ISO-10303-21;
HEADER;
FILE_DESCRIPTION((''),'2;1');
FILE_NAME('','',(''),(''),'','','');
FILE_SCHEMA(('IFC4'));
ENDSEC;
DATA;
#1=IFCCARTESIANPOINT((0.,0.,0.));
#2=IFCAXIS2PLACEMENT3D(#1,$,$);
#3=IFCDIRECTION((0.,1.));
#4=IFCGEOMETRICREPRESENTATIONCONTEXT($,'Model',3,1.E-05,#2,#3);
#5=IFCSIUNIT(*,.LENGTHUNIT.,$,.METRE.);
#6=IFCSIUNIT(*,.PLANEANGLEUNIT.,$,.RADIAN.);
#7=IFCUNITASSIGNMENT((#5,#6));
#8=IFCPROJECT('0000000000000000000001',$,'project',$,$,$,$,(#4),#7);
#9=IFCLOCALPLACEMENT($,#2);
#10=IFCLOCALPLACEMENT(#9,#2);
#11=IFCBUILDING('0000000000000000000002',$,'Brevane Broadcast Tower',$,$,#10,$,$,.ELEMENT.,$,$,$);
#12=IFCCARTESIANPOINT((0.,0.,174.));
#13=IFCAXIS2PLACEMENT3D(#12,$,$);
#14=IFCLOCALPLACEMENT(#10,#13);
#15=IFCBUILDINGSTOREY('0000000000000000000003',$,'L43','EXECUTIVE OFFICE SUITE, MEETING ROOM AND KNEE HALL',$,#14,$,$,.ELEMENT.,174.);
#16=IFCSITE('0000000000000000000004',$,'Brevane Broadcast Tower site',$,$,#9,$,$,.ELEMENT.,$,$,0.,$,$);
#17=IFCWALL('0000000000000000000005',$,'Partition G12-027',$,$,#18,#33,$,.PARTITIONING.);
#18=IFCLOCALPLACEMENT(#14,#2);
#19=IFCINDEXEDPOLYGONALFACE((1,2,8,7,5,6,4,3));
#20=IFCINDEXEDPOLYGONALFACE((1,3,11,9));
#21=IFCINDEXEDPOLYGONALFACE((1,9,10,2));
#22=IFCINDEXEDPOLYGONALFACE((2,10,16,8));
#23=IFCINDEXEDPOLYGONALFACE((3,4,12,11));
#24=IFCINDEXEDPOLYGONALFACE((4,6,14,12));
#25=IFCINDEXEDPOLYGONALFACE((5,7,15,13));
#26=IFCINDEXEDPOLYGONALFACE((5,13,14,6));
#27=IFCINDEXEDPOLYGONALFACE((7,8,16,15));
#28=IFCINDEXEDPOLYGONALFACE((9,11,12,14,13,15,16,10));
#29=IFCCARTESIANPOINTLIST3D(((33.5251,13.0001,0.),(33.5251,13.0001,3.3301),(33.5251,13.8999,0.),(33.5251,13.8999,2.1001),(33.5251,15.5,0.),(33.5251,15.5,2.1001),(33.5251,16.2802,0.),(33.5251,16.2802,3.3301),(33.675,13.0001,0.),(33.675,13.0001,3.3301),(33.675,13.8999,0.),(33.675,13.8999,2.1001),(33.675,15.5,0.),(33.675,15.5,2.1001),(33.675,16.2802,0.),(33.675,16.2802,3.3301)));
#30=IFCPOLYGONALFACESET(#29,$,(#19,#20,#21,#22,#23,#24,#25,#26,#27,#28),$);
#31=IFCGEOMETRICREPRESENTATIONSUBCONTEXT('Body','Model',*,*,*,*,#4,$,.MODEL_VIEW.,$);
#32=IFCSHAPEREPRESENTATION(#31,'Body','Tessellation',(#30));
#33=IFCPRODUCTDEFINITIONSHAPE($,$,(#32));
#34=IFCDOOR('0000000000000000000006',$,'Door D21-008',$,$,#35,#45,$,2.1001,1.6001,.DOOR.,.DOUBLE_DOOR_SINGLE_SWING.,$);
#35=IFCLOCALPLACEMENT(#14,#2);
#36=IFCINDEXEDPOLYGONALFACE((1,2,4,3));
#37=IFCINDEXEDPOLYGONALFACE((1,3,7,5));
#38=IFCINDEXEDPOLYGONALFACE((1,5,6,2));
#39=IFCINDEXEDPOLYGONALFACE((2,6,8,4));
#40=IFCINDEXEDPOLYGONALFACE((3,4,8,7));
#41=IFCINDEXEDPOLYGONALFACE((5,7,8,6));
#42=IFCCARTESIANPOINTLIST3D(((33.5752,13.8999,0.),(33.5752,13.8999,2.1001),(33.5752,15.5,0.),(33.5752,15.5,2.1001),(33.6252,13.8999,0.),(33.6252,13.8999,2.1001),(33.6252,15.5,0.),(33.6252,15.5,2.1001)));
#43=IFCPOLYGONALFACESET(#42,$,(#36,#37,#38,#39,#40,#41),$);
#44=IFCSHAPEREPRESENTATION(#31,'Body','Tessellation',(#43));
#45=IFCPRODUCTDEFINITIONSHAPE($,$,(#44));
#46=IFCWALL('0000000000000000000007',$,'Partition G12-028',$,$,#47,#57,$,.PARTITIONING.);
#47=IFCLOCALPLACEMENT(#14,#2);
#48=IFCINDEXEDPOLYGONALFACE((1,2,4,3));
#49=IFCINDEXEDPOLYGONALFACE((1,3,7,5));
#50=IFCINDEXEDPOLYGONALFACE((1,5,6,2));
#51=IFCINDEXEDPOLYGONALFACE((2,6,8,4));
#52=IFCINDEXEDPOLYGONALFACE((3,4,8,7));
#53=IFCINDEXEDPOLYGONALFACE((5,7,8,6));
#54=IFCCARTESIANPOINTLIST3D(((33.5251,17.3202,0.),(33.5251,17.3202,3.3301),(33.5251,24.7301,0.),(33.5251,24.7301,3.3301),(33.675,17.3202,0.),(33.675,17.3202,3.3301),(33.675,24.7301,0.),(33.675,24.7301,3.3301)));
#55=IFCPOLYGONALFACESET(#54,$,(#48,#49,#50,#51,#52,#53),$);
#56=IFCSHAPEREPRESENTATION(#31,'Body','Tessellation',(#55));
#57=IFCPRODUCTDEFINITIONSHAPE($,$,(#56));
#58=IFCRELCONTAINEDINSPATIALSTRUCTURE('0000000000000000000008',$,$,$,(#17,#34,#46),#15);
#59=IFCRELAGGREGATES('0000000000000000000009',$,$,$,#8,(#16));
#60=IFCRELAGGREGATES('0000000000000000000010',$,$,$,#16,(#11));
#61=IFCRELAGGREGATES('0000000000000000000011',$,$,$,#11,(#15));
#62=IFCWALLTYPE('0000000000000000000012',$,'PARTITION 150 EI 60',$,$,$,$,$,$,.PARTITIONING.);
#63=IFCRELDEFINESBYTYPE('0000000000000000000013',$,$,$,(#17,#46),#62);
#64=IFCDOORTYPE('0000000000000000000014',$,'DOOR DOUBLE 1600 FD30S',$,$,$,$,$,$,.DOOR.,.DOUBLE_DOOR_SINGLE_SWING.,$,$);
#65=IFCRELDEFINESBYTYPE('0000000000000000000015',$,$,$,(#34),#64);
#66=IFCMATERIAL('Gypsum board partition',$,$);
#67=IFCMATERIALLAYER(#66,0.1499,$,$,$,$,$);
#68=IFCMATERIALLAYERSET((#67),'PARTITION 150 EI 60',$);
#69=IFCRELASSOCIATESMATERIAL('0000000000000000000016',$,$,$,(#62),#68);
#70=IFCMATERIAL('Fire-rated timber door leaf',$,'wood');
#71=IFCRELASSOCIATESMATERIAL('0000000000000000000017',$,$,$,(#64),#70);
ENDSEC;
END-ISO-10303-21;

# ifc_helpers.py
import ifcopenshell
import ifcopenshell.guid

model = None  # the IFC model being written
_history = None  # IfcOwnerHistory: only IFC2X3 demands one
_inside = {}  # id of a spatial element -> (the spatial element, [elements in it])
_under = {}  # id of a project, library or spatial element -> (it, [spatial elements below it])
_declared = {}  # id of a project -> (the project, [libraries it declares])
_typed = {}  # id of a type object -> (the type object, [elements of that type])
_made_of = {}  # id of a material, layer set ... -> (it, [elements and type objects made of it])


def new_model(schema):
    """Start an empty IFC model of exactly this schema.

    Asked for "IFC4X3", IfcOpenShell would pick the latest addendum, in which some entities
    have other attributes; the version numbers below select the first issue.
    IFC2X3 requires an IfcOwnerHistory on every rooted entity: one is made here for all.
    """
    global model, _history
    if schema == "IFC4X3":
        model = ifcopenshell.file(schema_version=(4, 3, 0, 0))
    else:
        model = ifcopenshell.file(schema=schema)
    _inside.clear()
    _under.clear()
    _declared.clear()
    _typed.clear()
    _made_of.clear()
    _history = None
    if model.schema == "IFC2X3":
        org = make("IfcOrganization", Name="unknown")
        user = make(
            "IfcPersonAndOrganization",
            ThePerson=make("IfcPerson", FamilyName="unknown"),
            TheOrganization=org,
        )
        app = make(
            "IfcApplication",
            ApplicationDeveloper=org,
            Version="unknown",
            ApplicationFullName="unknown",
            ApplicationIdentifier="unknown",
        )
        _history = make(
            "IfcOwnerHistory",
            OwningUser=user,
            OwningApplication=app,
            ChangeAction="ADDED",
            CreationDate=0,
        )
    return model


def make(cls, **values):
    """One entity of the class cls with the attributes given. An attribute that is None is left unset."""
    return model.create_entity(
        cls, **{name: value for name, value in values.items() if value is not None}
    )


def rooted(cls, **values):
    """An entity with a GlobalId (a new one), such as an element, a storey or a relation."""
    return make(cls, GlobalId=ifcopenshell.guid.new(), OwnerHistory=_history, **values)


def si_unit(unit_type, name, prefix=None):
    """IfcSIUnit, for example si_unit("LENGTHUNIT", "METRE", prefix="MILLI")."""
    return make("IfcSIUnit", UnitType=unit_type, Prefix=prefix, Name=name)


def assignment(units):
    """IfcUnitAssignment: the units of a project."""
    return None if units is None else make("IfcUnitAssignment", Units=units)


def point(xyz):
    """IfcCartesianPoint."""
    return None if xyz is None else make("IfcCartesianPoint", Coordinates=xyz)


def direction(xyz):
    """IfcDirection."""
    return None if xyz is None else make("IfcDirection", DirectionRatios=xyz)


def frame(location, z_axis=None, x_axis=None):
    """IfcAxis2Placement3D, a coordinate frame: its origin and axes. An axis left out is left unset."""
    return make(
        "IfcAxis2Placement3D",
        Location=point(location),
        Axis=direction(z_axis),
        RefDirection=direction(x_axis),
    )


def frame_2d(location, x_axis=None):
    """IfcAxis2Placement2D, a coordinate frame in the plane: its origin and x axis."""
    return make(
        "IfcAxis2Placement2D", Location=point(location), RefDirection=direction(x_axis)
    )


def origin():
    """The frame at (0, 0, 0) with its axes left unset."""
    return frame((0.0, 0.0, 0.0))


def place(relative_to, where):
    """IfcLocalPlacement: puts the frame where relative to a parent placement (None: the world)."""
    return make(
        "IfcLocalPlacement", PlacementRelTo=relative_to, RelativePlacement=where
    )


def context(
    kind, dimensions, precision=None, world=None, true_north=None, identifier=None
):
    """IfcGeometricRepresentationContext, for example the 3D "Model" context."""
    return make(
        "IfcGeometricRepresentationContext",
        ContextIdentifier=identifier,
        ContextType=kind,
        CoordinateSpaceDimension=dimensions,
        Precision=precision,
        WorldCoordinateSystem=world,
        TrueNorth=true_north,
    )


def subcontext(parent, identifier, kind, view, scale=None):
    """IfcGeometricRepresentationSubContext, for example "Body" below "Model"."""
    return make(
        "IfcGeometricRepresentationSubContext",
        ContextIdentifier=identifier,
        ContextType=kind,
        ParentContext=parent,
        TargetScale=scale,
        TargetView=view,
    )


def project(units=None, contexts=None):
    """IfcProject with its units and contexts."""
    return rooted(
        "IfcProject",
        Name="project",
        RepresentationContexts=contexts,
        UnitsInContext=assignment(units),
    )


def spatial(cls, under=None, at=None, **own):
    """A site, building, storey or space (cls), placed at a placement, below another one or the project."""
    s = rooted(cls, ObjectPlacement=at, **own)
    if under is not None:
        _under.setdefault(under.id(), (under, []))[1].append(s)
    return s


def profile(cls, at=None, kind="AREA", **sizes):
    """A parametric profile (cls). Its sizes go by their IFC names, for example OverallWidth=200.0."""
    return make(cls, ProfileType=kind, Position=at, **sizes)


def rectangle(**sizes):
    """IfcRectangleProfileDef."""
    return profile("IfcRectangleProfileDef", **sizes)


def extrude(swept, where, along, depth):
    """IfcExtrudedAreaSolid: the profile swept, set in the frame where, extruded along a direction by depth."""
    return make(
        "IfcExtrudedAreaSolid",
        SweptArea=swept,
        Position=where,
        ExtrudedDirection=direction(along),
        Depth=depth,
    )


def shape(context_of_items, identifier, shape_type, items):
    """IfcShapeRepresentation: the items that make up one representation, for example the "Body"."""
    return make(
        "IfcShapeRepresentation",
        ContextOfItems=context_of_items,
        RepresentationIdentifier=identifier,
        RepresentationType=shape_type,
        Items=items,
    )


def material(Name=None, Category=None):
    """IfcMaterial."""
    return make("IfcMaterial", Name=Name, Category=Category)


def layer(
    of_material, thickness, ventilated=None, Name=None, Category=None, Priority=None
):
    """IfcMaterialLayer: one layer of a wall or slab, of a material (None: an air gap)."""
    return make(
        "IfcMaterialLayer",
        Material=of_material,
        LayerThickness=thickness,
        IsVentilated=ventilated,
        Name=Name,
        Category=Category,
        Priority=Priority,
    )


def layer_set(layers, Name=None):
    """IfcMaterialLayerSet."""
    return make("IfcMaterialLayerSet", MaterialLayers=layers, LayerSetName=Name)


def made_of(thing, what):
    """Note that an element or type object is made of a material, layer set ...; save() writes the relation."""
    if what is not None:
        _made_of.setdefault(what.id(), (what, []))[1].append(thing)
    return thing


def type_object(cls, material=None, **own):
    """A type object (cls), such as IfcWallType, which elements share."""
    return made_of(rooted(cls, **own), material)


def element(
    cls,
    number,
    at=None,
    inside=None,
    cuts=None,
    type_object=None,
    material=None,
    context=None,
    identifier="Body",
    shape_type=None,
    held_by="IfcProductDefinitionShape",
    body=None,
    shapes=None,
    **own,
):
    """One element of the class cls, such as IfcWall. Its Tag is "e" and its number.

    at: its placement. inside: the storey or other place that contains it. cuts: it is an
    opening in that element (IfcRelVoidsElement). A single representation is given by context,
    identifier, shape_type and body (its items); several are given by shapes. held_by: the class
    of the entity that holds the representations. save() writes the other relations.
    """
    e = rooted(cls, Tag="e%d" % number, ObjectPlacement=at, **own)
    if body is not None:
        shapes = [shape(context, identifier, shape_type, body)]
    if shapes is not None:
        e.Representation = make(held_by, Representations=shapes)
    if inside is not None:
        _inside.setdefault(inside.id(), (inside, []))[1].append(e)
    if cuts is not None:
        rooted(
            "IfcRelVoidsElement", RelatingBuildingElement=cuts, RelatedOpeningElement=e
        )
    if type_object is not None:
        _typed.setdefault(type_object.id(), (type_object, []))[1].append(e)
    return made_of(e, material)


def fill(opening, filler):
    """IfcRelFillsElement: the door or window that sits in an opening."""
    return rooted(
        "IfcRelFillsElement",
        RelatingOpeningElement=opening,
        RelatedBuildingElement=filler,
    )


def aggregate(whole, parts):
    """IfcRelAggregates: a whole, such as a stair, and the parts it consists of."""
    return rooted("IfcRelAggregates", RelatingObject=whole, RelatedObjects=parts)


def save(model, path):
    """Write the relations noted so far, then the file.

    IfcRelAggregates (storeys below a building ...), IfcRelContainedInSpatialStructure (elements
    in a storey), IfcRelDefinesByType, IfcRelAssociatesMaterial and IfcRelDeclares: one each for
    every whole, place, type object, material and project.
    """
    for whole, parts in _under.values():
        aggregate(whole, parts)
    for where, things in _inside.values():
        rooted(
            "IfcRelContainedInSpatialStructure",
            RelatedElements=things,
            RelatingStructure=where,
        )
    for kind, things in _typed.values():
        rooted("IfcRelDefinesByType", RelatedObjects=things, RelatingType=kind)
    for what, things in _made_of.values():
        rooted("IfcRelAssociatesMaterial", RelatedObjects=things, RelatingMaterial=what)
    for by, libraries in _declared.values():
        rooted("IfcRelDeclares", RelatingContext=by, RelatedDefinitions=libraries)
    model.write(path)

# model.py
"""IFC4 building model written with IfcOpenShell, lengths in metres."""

from ifc_helpers import new_model, si_unit, direction, frame, frame_2d, origin, place, context, subcontext, project, spatial, rectangle, extrude, material, layer, layer_set, type_object, element, fill, save


model = new_model("IFC4")

# Units and contexts
model_context = context("Model", 3, precision=1e-05, world=origin(), true_north=direction((0.0, 1.0)))
body_context = subcontext(model_context, "Body", "Model", "MODEL_VIEW")
ifc_project = project(units=[si_unit("LENGTHUNIT", "METRE"), si_unit("PLANEANGLEUNIT", "RADIAN")], contexts=[model_context])

# Site, building, storey
site_placement = place(None, origin())
site = spatial("IfcSite", under=ifc_project, at=site_placement, Name="Brevane Broadcast Tower site", CompositionType="ELEMENT", RefElevation=0.0)
building_placement = place(site_placement, origin())
building = spatial("IfcBuilding", under=site, at=building_placement, Name="Brevane Broadcast Tower", CompositionType="ELEMENT")
storey_placement = place(building_placement, frame((0.0, 0.0, 174.0)))
storey = spatial("IfcBuildingStorey", under=building, at=storey_placement, Name="L43", Description="EXECUTIVE OFFICE SUITE, MEETING ROOM AND KNEE HALL", CompositionType="ELEMENT", Elevation=174.0)

# Shared definitions
ifc_material_1 = material(Name="Gypsum board partition")

# Shared definitions
ifc_layer_1 = layer(ifc_material_1, 0.1499)
ifc_layer_set_1 = layer_set([ifc_layer_1], Name="PARTITION 150 EI 60")
wall_type_1 = type_object("IfcWallType", Name="PARTITION 150 EI 60", PredefinedType="PARTITIONING", material=ifc_layer_set_1)
ifc_material_2 = material(Name="Fire-rated timber door leaf", Category="wood")

# Wall, opening, door
wall_1_placement = place(storey_placement, frame((33.6001, 13.0, 0.0), z_axis=(0.0, 0.0, 1.0), x_axis=(0.0, 1.0, 0.0)))
wall_1 = element("IfcWall", 1, at=wall_1_placement, inside=storey, type_object=wall_type_1, Name="Partition G12-027", PredefinedType="PARTITIONING", context=body_context, shape_type="SweptSolid", body=[
    extrude(rectangle(XDim=3.28, YDim=0.1499, at=frame_2d((1.6401, 0.0))), origin(), (0.0, 0.0, 1.0), 3.3301),
])
opening_1_placement = place(wall_1_placement, frame((0.8999, 0.0, 0.0)))
opening_1 = element("IfcOpeningElement", 2, at=opening_1_placement, cuts=wall_1, PredefinedType="OPENING", context=body_context, shape_type="SweptSolid", body=[
    extrude(rectangle(XDim=1.6001, YDim=2.1001, at=frame_2d((0.8, 1.05))), frame((0.0, 0.085, 0.0), z_axis=(0.0, -1.0, 0.0), x_axis=(1.0, 0.0, 0.0)), (0.0, 0.0, 1.0), 0.1699),
])
door_type_1 = type_object("IfcDoorType", Name="DOOR DOUBLE 1600 FD30S", OperationType="DOUBLE_DOOR_SINGLE_SWING", PredefinedType="DOOR", material=ifc_material_2)
door_1_placement = place(opening_1_placement, origin())
door_1 = element("IfcDoor", 3, at=door_1_placement, inside=storey, type_object=door_type_1, Name="Door D21-008", OperationType="DOUBLE_DOOR_SINGLE_SWING", OverallHeight=2.1001, OverallWidth=1.6001, PredefinedType="DOOR", context=body_context, shape_type="SweptSolid", body=[
    extrude(rectangle(XDim=1.6001, YDim=2.1001, at=frame_2d((0.8, 1.05))), frame((0.0, 0.0249, 0.0), z_axis=(0.0, -1.0, 0.0), x_axis=(1.0, 0.0, 0.0)), (0.0, 0.0, 1.0), 0.05),
])
fill(opening_1, door_1)

# Wall
wall_2_placement = place(storey_placement, frame((33.6001, 17.3201, 0.0), z_axis=(0.0, 0.0, 1.0), x_axis=(0.0, 1.0, 0.0)))
element("IfcWall", 4, at=wall_2_placement, inside=storey, type_object=wall_type_1, Name="Partition G12-028", PredefinedType="PARTITIONING", context=body_context, shape_type="SweptSolid", body=[
    extrude(rectangle(XDim=7.4099, YDim=0.1499, at=frame_2d((3.7051, 0.0))), origin(), (0.0, 0.0, 1.0), 3.3301),
])

save(model, "model.ifc")
